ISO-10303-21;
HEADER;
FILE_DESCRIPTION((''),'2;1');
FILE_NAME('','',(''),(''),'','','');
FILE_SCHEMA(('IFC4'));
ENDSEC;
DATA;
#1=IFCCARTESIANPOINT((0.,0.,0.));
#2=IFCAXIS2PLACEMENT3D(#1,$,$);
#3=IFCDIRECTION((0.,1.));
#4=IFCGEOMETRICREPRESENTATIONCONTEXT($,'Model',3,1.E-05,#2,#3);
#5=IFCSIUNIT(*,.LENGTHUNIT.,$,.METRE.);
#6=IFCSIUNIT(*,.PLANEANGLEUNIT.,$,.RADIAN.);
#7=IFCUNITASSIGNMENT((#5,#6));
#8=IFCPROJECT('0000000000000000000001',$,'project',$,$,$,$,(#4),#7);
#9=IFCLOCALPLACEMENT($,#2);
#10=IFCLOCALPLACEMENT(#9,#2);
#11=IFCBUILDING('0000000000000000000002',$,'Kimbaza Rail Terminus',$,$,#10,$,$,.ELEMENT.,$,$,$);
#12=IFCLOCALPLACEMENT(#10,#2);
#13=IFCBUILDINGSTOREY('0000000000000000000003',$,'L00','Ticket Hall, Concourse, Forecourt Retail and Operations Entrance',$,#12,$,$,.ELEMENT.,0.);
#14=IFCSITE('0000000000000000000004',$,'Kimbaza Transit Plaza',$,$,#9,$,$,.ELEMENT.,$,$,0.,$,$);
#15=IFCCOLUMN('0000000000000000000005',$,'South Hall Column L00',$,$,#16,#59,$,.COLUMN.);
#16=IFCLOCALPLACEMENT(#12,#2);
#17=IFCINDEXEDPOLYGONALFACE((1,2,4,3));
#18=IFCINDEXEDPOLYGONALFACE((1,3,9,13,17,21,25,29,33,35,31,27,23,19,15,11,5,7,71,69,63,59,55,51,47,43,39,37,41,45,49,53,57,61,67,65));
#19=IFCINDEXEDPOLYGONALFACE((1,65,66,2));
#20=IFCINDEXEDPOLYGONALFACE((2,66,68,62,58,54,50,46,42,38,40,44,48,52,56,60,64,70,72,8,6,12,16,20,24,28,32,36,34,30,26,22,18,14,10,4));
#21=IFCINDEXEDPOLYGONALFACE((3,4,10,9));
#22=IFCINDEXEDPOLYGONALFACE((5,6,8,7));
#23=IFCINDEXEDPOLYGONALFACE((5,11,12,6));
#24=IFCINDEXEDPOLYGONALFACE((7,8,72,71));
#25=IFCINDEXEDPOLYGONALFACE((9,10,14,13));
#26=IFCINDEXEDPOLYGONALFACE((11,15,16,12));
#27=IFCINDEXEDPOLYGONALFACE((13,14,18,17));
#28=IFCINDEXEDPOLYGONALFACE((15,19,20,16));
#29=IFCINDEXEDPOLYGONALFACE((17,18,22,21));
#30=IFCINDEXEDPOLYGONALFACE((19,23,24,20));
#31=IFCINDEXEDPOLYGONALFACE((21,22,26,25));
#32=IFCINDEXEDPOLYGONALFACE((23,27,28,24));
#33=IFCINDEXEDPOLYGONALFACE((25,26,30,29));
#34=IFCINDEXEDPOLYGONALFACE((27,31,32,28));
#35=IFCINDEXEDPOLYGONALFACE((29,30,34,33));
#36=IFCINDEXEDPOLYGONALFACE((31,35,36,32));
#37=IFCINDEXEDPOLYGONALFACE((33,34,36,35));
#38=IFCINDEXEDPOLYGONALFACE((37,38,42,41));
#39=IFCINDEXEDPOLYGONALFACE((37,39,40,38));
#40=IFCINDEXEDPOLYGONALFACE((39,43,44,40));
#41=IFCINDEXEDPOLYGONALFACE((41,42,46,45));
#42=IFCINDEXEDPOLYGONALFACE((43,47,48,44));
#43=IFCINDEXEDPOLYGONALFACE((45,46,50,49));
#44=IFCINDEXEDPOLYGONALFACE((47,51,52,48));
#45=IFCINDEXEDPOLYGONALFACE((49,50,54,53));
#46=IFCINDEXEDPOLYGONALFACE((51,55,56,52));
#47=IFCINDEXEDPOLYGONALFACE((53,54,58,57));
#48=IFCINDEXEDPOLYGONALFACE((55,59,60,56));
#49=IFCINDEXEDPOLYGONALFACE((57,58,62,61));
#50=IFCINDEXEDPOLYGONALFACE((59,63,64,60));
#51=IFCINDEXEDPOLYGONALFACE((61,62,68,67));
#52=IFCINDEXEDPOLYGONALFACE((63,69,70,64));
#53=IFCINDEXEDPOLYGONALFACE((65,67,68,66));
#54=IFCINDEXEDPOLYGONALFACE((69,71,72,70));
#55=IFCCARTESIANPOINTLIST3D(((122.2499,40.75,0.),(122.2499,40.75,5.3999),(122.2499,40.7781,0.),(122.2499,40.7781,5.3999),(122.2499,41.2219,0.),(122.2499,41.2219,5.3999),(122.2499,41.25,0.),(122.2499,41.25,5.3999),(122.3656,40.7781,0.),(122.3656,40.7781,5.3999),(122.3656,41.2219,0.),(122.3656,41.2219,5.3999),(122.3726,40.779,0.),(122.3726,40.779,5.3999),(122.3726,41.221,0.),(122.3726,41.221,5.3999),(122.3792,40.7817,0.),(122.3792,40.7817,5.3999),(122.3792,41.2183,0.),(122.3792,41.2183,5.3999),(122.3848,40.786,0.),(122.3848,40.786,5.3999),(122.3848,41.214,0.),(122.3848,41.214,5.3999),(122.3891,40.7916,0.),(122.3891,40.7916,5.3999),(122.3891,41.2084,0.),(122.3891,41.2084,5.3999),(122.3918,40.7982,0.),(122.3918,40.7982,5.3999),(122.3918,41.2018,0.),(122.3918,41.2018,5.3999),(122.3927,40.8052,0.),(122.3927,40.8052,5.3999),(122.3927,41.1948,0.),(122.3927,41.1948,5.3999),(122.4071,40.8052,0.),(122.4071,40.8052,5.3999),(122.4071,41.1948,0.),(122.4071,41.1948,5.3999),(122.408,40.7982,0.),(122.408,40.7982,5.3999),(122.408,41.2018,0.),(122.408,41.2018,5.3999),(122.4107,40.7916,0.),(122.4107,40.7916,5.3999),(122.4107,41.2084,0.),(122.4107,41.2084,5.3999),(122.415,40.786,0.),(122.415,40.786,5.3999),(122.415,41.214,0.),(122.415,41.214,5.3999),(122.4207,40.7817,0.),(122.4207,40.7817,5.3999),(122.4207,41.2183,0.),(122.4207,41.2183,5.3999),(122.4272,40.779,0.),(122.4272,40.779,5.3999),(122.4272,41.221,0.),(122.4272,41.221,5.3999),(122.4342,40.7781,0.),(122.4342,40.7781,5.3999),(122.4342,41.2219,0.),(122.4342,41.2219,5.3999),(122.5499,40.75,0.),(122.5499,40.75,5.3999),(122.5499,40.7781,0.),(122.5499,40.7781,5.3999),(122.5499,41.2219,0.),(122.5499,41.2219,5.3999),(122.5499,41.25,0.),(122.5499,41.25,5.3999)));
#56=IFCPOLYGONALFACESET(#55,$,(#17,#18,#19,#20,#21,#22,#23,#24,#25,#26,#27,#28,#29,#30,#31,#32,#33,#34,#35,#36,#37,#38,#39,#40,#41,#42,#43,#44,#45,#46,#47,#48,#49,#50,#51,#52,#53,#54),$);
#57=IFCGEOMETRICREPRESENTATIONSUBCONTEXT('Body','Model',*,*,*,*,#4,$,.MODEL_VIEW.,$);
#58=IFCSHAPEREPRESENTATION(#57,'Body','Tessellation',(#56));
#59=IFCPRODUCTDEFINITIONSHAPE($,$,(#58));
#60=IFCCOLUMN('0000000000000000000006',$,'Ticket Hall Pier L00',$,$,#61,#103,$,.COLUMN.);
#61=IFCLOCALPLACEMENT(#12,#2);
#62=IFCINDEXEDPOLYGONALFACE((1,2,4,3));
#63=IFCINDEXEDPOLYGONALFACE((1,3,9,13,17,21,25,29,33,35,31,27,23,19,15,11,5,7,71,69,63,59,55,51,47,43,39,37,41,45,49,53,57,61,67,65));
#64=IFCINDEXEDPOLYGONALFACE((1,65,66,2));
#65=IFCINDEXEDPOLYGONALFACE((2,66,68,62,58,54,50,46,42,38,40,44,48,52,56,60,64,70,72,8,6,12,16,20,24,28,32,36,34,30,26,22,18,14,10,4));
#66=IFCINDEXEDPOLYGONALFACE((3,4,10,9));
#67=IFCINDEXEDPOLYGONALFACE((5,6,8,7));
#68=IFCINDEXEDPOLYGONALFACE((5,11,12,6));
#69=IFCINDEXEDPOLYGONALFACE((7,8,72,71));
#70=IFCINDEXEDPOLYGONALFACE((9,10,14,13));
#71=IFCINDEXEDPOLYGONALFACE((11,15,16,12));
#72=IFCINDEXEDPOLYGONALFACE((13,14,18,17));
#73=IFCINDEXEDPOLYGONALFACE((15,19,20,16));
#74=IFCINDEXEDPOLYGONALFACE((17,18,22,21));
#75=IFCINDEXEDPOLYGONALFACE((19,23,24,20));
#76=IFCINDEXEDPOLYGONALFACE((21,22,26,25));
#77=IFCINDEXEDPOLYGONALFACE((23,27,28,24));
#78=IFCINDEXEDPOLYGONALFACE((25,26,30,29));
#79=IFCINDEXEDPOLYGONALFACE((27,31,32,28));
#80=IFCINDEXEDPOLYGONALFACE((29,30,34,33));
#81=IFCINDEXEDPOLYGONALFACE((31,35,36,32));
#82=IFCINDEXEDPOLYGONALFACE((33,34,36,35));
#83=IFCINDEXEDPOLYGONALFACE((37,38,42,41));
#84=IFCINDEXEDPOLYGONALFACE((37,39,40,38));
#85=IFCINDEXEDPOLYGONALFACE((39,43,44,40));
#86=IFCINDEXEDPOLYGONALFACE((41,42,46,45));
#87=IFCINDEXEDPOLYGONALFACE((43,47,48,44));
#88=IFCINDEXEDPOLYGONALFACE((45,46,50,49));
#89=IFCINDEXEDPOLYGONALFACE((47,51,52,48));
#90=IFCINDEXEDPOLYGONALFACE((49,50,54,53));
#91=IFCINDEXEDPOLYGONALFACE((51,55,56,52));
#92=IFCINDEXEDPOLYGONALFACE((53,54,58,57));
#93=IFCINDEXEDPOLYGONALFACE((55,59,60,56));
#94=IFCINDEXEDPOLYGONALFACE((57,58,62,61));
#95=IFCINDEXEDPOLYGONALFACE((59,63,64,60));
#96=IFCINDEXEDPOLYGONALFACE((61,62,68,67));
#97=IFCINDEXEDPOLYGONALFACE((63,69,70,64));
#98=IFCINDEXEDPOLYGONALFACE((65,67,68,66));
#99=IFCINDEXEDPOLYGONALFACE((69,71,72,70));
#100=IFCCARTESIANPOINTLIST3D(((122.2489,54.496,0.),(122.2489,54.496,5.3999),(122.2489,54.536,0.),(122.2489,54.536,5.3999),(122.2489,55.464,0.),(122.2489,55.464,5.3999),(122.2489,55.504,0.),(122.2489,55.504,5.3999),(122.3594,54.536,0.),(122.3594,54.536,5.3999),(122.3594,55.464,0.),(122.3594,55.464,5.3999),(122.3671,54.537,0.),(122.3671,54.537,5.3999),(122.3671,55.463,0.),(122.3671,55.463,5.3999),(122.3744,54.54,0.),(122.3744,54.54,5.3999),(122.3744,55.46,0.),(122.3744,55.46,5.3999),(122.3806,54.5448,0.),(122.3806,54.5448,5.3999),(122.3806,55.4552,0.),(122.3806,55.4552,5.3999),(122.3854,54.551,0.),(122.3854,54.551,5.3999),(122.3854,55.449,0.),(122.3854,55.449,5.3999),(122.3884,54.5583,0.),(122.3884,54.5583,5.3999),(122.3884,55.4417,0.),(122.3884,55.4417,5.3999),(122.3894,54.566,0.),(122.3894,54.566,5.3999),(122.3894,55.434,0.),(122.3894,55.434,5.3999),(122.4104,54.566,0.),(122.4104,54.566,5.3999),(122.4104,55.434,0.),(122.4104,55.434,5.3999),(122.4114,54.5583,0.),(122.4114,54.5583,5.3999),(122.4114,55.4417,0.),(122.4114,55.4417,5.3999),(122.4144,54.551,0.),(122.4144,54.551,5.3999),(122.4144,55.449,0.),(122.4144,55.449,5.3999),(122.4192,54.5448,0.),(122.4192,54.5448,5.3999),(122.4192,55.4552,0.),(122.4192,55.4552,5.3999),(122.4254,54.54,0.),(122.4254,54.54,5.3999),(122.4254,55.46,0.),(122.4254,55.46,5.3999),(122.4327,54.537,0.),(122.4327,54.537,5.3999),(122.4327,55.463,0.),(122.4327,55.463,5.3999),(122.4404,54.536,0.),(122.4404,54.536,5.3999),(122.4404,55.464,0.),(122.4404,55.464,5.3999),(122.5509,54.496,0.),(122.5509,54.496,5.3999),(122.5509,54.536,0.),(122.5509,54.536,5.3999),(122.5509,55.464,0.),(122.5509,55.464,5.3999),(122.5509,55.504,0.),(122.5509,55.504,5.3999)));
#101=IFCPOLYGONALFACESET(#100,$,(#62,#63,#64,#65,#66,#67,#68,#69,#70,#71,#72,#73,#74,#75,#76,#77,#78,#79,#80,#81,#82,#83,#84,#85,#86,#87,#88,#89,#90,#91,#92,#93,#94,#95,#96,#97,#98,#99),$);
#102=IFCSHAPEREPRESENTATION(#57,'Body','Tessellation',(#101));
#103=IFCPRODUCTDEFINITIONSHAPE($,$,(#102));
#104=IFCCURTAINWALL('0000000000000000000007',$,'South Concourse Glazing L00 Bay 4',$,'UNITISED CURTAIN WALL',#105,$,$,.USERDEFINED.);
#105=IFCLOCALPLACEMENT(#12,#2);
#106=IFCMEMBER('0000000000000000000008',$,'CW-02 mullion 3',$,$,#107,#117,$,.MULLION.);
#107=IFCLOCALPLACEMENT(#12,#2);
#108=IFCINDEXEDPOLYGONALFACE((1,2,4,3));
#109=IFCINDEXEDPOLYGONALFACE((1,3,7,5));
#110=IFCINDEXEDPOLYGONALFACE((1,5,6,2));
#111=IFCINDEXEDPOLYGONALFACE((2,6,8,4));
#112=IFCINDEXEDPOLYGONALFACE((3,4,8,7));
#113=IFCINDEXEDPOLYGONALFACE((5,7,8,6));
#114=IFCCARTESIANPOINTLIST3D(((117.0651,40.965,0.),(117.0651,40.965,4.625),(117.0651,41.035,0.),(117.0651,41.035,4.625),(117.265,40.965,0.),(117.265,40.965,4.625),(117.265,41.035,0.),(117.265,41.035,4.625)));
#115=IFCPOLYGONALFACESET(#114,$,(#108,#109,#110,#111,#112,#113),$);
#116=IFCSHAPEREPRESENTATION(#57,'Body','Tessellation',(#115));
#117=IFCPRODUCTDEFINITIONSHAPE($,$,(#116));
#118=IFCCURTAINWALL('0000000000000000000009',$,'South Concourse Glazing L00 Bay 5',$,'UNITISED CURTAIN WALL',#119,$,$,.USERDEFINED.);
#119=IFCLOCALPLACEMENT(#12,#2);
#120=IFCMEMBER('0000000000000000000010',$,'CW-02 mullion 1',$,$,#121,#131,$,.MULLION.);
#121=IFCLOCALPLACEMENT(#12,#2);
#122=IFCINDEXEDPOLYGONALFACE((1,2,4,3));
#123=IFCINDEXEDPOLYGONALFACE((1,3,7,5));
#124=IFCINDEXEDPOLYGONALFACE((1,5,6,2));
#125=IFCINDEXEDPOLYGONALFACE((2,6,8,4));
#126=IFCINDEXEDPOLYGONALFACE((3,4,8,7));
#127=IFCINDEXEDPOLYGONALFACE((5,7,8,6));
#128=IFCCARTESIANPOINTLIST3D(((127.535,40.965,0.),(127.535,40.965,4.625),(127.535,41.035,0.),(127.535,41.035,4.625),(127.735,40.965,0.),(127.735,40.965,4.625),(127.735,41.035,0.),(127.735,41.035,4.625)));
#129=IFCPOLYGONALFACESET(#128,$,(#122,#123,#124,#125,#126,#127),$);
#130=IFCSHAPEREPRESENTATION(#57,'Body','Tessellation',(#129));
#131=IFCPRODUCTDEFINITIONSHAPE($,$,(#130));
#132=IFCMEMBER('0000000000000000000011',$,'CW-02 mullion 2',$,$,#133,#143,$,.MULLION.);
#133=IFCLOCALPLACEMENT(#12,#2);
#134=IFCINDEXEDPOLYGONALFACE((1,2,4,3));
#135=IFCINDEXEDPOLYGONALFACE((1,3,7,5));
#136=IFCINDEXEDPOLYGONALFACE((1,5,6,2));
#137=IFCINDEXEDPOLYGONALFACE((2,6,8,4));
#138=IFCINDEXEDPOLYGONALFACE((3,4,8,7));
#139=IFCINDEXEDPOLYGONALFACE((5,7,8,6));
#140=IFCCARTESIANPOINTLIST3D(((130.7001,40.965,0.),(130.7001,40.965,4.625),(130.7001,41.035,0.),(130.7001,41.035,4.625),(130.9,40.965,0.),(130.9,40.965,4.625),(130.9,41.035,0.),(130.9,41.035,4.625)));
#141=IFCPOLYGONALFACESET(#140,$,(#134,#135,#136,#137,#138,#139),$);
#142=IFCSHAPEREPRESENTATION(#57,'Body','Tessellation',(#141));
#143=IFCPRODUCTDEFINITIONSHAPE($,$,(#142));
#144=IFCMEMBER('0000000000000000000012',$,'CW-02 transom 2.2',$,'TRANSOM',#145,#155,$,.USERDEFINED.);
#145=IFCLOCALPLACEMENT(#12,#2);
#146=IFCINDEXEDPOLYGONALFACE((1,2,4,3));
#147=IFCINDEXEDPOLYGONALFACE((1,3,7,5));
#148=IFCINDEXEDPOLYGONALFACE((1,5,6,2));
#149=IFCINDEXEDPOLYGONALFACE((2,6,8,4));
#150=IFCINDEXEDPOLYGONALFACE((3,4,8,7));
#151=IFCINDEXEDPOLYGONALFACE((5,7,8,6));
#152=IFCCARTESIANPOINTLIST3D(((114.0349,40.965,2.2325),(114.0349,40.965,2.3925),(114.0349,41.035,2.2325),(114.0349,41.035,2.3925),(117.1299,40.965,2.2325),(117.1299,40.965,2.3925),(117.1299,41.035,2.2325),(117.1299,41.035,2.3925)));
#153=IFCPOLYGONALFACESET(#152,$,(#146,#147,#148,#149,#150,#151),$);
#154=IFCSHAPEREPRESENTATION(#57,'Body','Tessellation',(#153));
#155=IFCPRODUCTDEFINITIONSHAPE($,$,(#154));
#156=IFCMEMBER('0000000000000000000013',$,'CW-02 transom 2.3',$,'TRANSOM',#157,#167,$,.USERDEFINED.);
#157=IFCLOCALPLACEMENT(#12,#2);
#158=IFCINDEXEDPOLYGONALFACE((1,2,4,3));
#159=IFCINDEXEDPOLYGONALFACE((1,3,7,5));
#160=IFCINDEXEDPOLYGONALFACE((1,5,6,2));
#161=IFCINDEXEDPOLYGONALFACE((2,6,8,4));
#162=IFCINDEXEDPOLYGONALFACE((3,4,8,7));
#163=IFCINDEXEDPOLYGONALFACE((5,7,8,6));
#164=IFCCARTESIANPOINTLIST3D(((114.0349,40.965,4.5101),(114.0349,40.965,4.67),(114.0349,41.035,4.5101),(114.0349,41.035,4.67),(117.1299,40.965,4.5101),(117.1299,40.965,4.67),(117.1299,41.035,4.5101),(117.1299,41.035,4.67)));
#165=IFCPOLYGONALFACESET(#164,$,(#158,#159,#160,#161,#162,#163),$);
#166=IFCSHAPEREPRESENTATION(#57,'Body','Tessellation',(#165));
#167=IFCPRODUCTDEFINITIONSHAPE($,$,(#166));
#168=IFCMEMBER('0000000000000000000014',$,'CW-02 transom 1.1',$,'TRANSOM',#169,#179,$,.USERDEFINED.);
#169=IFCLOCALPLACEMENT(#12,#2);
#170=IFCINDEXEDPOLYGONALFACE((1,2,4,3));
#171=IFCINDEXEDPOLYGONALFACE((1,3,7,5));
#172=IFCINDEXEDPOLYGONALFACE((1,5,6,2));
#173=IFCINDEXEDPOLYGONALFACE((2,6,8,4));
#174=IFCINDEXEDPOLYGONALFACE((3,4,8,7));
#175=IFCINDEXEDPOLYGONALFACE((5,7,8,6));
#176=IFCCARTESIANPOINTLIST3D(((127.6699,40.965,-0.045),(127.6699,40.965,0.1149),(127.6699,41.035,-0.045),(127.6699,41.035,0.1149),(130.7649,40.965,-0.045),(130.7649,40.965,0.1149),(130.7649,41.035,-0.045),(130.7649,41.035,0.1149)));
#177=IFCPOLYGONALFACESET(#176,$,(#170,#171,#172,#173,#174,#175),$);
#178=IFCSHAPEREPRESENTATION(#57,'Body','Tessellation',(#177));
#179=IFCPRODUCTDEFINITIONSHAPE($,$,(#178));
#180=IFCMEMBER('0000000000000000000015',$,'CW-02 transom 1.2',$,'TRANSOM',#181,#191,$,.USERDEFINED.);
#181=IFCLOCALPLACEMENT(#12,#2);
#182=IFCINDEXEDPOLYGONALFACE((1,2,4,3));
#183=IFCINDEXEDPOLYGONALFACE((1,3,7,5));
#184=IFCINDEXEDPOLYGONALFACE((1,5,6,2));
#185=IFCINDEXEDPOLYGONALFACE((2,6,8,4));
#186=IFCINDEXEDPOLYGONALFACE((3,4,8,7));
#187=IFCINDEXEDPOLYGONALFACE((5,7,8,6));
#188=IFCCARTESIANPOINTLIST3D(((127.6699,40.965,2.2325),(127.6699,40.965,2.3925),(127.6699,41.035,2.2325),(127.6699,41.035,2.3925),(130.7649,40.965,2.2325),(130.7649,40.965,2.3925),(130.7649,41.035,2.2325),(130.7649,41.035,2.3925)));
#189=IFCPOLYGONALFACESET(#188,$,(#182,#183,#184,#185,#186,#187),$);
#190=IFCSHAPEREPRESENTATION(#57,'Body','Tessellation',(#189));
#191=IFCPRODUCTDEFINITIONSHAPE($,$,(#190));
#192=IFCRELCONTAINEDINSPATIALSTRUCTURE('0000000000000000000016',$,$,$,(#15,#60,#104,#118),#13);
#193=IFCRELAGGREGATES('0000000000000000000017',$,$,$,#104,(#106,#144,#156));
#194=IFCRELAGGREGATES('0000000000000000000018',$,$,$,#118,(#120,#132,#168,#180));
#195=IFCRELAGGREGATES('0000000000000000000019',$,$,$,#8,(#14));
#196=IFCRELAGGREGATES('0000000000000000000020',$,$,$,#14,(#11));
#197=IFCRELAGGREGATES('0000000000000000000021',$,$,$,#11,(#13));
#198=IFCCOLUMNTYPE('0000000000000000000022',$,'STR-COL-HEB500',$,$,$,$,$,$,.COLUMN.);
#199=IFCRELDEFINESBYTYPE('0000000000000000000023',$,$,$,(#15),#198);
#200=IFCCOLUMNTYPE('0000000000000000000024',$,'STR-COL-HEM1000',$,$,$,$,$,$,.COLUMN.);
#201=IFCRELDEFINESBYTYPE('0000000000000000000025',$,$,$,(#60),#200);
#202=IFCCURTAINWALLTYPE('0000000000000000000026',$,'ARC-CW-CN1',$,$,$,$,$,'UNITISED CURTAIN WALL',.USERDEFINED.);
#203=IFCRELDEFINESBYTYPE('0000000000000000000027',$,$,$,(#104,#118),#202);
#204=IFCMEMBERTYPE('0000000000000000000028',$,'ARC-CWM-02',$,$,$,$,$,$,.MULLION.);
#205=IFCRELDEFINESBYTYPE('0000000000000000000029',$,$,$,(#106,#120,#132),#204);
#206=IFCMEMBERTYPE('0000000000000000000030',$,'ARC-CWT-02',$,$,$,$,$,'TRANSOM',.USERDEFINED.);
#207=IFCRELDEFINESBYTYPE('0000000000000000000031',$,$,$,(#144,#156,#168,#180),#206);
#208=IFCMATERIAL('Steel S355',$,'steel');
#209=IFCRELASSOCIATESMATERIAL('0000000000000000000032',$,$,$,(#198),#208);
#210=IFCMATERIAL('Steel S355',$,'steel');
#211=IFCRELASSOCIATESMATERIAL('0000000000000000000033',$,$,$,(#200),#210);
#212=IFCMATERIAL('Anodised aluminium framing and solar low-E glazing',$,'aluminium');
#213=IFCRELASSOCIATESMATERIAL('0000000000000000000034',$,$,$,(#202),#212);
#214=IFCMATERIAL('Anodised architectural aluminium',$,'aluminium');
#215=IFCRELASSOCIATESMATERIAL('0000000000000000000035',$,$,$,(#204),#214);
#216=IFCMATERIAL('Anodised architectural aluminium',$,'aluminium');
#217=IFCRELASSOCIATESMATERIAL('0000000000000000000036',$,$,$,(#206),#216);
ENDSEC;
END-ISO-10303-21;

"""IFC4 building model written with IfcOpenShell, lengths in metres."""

from ifc_helpers import new_model, si_unit, direction, frame, origin, origin_2d, place, context, subcontext, project, spatial, rectangle, i_section, extrude, material, material_profile, profile_set, type_object, element, aggregate, save


model = new_model("IFC4")

# Units and contexts
model_context = context("Model", 3, precision=1e-05, world=origin(), true_north=direction((0.0, 1.0)))
body_context = subcontext(model_context, "Body", "Model", "MODEL_VIEW")
ifc_project = project(units=[si_unit("LENGTHUNIT", "METRE"), si_unit("PLANEANGLEUNIT", "RADIAN")], contexts=[model_context])

# Site, building, storey
site_placement = place(None, origin())
site = spatial("IfcSite", under=ifc_project, at=site_placement, Name="Kimbaza Transit Plaza", CompositionType="ELEMENT", RefElevation=0.0)
building_placement = place(site_placement, origin())
building = spatial("IfcBuilding", under=site, at=building_placement, Name="Kimbaza Rail Terminus", CompositionType="ELEMENT")
storey_placement = place(building_placement, origin())
storey = spatial("IfcBuildingStorey", under=building, at=storey_placement, Name="L00", Description="Ticket Hall, Concourse, Forecourt Retail and Operations Entrance", CompositionType="ELEMENT", Elevation=0.0)

# Columns
ifc_material_1 = material(Name="Steel S355", Category="steel")
ifc_material_profile_1 = material_profile(ifc_material_1, i_section(OverallWidth=0.3, OverallDepth=0.5, WebThickness=0.0144, FlangeThickness=0.0281, FilletRadius=0.0271, at=origin_2d()), Name="HEB 500")
ifc_profile_set_1 = profile_set([ifc_material_profile_1], Name="Steel S355")
column_type_1 = type_object("IfcColumnType", Name="STR-COL-HEB500", PredefinedType="COLUMN", material=ifc_profile_set_1)
column_1_placement = place(storey_placement, frame((122.3999, 41.0, 0.0), z_axis=(0.0, 0.0, 1.0), x_axis=(1.0, 0.0, 0.0)))
element("IfcColumn", 1, at=column_1_placement, inside=storey, type_object=column_type_1, Name="South Hall Column L00", PredefinedType="COLUMN", context=body_context, shape_type="SweptSolid", body=[
    extrude(i_section(OverallWidth=0.3, OverallDepth=0.5, WebThickness=0.0144, FlangeThickness=0.0281, FilletRadius=0.0271, at=origin_2d()), origin(), (0.0, 0.0, 1.0), 5.3999),
])
ifc_material_2 = material(Name="Steel S355", Category="steel")
ifc_material_profile_2 = material_profile(ifc_material_2, i_section(OverallWidth=0.302, OverallDepth=1.0081, WebThickness=0.021, FlangeThickness=0.04, FilletRadius=0.03, at=origin_2d()), Name="HEM 1000")
ifc_profile_set_2 = profile_set([ifc_material_profile_2], Name="Steel S355")
column_type_2 = type_object("IfcColumnType", Name="STR-COL-HEM1000", PredefinedType="COLUMN", material=ifc_profile_set_2)
column_2_placement = place(storey_placement, frame((122.3999, 55.0, 0.0), z_axis=(0.0, 0.0, 1.0), x_axis=(1.0, 0.0, 0.0)))
element("IfcColumn", 2, at=column_2_placement, inside=storey, type_object=column_type_2, Name="Ticket Hall Pier L00", PredefinedType="COLUMN", context=body_context, shape_type="SweptSolid", body=[
    extrude(i_section(OverallWidth=0.302, OverallDepth=1.0081, WebThickness=0.021, FlangeThickness=0.04, FilletRadius=0.03, at=origin_2d()), origin(), (0.0, 0.0, 1.0), 5.3999),
])

# Curtain wall, member
ifc_material_3 = material(Name="Anodised aluminium framing and solar low-E glazing", Category="aluminium")
curtain_wall_type = type_object("IfcCurtainWallType", Name="ARC-CW-CN1", ElementType="UNITISED CURTAIN WALL", PredefinedType="USERDEFINED", material=ifc_material_3)
curtain_wall_1_placement = place(storey_placement, origin())
curtain_wall_1 = element("IfcCurtainWall", 3, at=curtain_wall_1_placement, inside=storey, type_object=curtain_wall_type, Name="South Concourse Glazing L00 Bay 4", ObjectType="UNITISED CURTAIN WALL", PredefinedType="USERDEFINED")
ifc_material_4 = material(Name="Anodised architectural aluminium", Category="aluminium")
ifc_material_profile_3 = material_profile(ifc_material_4, rectangle(XDim=0.0701, YDim=0.2, at=origin_2d()), Name="MULLION 70x200")
ifc_profile_set_3 = profile_set([ifc_material_profile_3], Name="Anodised architectural aluminium")
member_type_1 = type_object("IfcMemberType", Name="ARC-CWM-02", PredefinedType="MULLION", material=ifc_profile_set_3)
member_1_placement = place(storey_placement, frame((117.165, 41.0, 0.0), z_axis=(0.0, 0.0, 1.0), x_axis=(0.0, 1.0, 0.0)))
member_1 = element("IfcMember", 4, at=member_1_placement, type_object=member_type_1, Name="CW-02 mullion 3", PredefinedType="MULLION", context=body_context, shape_type="SweptSolid", body=[
    extrude(rectangle(XDim=0.0701, YDim=0.2, at=origin_2d()), origin(), (0.0, 0.0, 1.0), 4.625),
])

# Curtain wall, members
curtain_wall_2_placement = place(storey_placement, origin())
curtain_wall_2 = element("IfcCurtainWall", 5, at=curtain_wall_2_placement, inside=storey, type_object=curtain_wall_type, Name="South Concourse Glazing L00 Bay 5", ObjectType="UNITISED CURTAIN WALL", PredefinedType="USERDEFINED")
member_2_placement = place(storey_placement, frame((127.635, 41.0, 0.0), z_axis=(0.0, 0.0, 1.0), x_axis=(0.0, 1.0, 0.0)))
member_2 = element("IfcMember", 6, at=member_2_placement, type_object=member_type_1, Name="CW-02 mullion 1", PredefinedType="MULLION", context=body_context, shape_type="SweptSolid", body=[
    extrude(rectangle(XDim=0.0701, YDim=0.2, at=origin_2d()), origin(), (0.0, 0.0, 1.0), 4.625),
])
member_3_placement = place(storey_placement, frame((130.8, 41.0, 0.0), z_axis=(0.0, 0.0, 1.0), x_axis=(0.0, 1.0, 0.0)))
member_3 = element("IfcMember", 7, at=member_3_placement, type_object=member_type_1, Name="CW-02 mullion 2", PredefinedType="MULLION", context=body_context, shape_type="SweptSolid", body=[
    extrude(rectangle(XDim=0.0701, YDim=0.2, at=origin_2d()), origin(), (0.0, 0.0, 1.0), 4.625),
])

# Members
ifc_material_5 = material(Name="Anodised architectural aluminium", Category="aluminium")
ifc_material_profile_4 = material_profile(ifc_material_5, rectangle(XDim=0.0701, YDim=0.1599, at=origin_2d()), Name="TRANSOM 70x160")
ifc_profile_set_4 = profile_set([ifc_material_profile_4], Name="Anodised architectural aluminium")
member_type_2 = type_object("IfcMemberType", Name="ARC-CWT-02", ElementType="TRANSOM", PredefinedType="USERDEFINED", material=ifc_profile_set_4)
member_4_placement = place(storey_placement, frame((114.0349, 41.0, 2.3125), z_axis=(1.0, 0.0, 0.0), x_axis=(0.0, 1.0, 0.0)))
member_4 = element("IfcMember", 8, at=member_4_placement, type_object=member_type_2, Name="CW-02 transom 2.2", ObjectType="TRANSOM", PredefinedType="USERDEFINED", context=body_context, shape_type="SweptSolid", body=[
    extrude(rectangle(XDim=0.0701, YDim=0.1599, at=origin_2d()), origin(), (0.0, 0.0, 1.0), 3.095),
])
member_5_placement = place(storey_placement, frame((114.0349, 41.0, 4.5901), z_axis=(1.0, 0.0, 0.0), x_axis=(0.0, 1.0, 0.0)))
member_5 = element("IfcMember", 9, at=member_5_placement, type_object=member_type_2, Name="CW-02 transom 2.3", ObjectType="TRANSOM", PredefinedType="USERDEFINED", context=body_context, shape_type="SweptSolid", body=[
    extrude(rectangle(XDim=0.0701, YDim=0.1599, at=origin_2d()), origin(), (0.0, 0.0, 1.0), 3.095),
])
member_6_placement = place(storey_placement, frame((127.6699, 41.0, 0.0349), z_axis=(1.0, 0.0, 0.0), x_axis=(0.0, 1.0, 0.0)))
member_6 = element("IfcMember", 10, at=member_6_placement, type_object=member_type_2, Name="CW-02 transom 1.1", ObjectType="TRANSOM", PredefinedType="USERDEFINED", context=body_context, shape_type="SweptSolid", body=[
    extrude(rectangle(XDim=0.0701, YDim=0.1599, at=origin_2d()), origin(), (0.0, 0.0, 1.0), 3.095),
])
member_7_placement = place(storey_placement, frame((127.6699, 41.0, 2.3125), z_axis=(1.0, 0.0, 0.0), x_axis=(0.0, 1.0, 0.0)))
member_7 = element("IfcMember", 11, at=member_7_placement, type_object=member_type_2, Name="CW-02 transom 1.2", ObjectType="TRANSOM", PredefinedType="USERDEFINED", context=body_context, shape_type="SweptSolid", body=[
    extrude(rectangle(XDim=0.0701, YDim=0.1599, at=origin_2d()), origin(), (0.0, 0.0, 1.0), 3.095),
])

aggregate(curtain_wall_1, [member_1, member_4, member_5])
aggregate(curtain_wall_2, [member_2, member_3, member_6, member_7])

save(model, "model.ifc")
